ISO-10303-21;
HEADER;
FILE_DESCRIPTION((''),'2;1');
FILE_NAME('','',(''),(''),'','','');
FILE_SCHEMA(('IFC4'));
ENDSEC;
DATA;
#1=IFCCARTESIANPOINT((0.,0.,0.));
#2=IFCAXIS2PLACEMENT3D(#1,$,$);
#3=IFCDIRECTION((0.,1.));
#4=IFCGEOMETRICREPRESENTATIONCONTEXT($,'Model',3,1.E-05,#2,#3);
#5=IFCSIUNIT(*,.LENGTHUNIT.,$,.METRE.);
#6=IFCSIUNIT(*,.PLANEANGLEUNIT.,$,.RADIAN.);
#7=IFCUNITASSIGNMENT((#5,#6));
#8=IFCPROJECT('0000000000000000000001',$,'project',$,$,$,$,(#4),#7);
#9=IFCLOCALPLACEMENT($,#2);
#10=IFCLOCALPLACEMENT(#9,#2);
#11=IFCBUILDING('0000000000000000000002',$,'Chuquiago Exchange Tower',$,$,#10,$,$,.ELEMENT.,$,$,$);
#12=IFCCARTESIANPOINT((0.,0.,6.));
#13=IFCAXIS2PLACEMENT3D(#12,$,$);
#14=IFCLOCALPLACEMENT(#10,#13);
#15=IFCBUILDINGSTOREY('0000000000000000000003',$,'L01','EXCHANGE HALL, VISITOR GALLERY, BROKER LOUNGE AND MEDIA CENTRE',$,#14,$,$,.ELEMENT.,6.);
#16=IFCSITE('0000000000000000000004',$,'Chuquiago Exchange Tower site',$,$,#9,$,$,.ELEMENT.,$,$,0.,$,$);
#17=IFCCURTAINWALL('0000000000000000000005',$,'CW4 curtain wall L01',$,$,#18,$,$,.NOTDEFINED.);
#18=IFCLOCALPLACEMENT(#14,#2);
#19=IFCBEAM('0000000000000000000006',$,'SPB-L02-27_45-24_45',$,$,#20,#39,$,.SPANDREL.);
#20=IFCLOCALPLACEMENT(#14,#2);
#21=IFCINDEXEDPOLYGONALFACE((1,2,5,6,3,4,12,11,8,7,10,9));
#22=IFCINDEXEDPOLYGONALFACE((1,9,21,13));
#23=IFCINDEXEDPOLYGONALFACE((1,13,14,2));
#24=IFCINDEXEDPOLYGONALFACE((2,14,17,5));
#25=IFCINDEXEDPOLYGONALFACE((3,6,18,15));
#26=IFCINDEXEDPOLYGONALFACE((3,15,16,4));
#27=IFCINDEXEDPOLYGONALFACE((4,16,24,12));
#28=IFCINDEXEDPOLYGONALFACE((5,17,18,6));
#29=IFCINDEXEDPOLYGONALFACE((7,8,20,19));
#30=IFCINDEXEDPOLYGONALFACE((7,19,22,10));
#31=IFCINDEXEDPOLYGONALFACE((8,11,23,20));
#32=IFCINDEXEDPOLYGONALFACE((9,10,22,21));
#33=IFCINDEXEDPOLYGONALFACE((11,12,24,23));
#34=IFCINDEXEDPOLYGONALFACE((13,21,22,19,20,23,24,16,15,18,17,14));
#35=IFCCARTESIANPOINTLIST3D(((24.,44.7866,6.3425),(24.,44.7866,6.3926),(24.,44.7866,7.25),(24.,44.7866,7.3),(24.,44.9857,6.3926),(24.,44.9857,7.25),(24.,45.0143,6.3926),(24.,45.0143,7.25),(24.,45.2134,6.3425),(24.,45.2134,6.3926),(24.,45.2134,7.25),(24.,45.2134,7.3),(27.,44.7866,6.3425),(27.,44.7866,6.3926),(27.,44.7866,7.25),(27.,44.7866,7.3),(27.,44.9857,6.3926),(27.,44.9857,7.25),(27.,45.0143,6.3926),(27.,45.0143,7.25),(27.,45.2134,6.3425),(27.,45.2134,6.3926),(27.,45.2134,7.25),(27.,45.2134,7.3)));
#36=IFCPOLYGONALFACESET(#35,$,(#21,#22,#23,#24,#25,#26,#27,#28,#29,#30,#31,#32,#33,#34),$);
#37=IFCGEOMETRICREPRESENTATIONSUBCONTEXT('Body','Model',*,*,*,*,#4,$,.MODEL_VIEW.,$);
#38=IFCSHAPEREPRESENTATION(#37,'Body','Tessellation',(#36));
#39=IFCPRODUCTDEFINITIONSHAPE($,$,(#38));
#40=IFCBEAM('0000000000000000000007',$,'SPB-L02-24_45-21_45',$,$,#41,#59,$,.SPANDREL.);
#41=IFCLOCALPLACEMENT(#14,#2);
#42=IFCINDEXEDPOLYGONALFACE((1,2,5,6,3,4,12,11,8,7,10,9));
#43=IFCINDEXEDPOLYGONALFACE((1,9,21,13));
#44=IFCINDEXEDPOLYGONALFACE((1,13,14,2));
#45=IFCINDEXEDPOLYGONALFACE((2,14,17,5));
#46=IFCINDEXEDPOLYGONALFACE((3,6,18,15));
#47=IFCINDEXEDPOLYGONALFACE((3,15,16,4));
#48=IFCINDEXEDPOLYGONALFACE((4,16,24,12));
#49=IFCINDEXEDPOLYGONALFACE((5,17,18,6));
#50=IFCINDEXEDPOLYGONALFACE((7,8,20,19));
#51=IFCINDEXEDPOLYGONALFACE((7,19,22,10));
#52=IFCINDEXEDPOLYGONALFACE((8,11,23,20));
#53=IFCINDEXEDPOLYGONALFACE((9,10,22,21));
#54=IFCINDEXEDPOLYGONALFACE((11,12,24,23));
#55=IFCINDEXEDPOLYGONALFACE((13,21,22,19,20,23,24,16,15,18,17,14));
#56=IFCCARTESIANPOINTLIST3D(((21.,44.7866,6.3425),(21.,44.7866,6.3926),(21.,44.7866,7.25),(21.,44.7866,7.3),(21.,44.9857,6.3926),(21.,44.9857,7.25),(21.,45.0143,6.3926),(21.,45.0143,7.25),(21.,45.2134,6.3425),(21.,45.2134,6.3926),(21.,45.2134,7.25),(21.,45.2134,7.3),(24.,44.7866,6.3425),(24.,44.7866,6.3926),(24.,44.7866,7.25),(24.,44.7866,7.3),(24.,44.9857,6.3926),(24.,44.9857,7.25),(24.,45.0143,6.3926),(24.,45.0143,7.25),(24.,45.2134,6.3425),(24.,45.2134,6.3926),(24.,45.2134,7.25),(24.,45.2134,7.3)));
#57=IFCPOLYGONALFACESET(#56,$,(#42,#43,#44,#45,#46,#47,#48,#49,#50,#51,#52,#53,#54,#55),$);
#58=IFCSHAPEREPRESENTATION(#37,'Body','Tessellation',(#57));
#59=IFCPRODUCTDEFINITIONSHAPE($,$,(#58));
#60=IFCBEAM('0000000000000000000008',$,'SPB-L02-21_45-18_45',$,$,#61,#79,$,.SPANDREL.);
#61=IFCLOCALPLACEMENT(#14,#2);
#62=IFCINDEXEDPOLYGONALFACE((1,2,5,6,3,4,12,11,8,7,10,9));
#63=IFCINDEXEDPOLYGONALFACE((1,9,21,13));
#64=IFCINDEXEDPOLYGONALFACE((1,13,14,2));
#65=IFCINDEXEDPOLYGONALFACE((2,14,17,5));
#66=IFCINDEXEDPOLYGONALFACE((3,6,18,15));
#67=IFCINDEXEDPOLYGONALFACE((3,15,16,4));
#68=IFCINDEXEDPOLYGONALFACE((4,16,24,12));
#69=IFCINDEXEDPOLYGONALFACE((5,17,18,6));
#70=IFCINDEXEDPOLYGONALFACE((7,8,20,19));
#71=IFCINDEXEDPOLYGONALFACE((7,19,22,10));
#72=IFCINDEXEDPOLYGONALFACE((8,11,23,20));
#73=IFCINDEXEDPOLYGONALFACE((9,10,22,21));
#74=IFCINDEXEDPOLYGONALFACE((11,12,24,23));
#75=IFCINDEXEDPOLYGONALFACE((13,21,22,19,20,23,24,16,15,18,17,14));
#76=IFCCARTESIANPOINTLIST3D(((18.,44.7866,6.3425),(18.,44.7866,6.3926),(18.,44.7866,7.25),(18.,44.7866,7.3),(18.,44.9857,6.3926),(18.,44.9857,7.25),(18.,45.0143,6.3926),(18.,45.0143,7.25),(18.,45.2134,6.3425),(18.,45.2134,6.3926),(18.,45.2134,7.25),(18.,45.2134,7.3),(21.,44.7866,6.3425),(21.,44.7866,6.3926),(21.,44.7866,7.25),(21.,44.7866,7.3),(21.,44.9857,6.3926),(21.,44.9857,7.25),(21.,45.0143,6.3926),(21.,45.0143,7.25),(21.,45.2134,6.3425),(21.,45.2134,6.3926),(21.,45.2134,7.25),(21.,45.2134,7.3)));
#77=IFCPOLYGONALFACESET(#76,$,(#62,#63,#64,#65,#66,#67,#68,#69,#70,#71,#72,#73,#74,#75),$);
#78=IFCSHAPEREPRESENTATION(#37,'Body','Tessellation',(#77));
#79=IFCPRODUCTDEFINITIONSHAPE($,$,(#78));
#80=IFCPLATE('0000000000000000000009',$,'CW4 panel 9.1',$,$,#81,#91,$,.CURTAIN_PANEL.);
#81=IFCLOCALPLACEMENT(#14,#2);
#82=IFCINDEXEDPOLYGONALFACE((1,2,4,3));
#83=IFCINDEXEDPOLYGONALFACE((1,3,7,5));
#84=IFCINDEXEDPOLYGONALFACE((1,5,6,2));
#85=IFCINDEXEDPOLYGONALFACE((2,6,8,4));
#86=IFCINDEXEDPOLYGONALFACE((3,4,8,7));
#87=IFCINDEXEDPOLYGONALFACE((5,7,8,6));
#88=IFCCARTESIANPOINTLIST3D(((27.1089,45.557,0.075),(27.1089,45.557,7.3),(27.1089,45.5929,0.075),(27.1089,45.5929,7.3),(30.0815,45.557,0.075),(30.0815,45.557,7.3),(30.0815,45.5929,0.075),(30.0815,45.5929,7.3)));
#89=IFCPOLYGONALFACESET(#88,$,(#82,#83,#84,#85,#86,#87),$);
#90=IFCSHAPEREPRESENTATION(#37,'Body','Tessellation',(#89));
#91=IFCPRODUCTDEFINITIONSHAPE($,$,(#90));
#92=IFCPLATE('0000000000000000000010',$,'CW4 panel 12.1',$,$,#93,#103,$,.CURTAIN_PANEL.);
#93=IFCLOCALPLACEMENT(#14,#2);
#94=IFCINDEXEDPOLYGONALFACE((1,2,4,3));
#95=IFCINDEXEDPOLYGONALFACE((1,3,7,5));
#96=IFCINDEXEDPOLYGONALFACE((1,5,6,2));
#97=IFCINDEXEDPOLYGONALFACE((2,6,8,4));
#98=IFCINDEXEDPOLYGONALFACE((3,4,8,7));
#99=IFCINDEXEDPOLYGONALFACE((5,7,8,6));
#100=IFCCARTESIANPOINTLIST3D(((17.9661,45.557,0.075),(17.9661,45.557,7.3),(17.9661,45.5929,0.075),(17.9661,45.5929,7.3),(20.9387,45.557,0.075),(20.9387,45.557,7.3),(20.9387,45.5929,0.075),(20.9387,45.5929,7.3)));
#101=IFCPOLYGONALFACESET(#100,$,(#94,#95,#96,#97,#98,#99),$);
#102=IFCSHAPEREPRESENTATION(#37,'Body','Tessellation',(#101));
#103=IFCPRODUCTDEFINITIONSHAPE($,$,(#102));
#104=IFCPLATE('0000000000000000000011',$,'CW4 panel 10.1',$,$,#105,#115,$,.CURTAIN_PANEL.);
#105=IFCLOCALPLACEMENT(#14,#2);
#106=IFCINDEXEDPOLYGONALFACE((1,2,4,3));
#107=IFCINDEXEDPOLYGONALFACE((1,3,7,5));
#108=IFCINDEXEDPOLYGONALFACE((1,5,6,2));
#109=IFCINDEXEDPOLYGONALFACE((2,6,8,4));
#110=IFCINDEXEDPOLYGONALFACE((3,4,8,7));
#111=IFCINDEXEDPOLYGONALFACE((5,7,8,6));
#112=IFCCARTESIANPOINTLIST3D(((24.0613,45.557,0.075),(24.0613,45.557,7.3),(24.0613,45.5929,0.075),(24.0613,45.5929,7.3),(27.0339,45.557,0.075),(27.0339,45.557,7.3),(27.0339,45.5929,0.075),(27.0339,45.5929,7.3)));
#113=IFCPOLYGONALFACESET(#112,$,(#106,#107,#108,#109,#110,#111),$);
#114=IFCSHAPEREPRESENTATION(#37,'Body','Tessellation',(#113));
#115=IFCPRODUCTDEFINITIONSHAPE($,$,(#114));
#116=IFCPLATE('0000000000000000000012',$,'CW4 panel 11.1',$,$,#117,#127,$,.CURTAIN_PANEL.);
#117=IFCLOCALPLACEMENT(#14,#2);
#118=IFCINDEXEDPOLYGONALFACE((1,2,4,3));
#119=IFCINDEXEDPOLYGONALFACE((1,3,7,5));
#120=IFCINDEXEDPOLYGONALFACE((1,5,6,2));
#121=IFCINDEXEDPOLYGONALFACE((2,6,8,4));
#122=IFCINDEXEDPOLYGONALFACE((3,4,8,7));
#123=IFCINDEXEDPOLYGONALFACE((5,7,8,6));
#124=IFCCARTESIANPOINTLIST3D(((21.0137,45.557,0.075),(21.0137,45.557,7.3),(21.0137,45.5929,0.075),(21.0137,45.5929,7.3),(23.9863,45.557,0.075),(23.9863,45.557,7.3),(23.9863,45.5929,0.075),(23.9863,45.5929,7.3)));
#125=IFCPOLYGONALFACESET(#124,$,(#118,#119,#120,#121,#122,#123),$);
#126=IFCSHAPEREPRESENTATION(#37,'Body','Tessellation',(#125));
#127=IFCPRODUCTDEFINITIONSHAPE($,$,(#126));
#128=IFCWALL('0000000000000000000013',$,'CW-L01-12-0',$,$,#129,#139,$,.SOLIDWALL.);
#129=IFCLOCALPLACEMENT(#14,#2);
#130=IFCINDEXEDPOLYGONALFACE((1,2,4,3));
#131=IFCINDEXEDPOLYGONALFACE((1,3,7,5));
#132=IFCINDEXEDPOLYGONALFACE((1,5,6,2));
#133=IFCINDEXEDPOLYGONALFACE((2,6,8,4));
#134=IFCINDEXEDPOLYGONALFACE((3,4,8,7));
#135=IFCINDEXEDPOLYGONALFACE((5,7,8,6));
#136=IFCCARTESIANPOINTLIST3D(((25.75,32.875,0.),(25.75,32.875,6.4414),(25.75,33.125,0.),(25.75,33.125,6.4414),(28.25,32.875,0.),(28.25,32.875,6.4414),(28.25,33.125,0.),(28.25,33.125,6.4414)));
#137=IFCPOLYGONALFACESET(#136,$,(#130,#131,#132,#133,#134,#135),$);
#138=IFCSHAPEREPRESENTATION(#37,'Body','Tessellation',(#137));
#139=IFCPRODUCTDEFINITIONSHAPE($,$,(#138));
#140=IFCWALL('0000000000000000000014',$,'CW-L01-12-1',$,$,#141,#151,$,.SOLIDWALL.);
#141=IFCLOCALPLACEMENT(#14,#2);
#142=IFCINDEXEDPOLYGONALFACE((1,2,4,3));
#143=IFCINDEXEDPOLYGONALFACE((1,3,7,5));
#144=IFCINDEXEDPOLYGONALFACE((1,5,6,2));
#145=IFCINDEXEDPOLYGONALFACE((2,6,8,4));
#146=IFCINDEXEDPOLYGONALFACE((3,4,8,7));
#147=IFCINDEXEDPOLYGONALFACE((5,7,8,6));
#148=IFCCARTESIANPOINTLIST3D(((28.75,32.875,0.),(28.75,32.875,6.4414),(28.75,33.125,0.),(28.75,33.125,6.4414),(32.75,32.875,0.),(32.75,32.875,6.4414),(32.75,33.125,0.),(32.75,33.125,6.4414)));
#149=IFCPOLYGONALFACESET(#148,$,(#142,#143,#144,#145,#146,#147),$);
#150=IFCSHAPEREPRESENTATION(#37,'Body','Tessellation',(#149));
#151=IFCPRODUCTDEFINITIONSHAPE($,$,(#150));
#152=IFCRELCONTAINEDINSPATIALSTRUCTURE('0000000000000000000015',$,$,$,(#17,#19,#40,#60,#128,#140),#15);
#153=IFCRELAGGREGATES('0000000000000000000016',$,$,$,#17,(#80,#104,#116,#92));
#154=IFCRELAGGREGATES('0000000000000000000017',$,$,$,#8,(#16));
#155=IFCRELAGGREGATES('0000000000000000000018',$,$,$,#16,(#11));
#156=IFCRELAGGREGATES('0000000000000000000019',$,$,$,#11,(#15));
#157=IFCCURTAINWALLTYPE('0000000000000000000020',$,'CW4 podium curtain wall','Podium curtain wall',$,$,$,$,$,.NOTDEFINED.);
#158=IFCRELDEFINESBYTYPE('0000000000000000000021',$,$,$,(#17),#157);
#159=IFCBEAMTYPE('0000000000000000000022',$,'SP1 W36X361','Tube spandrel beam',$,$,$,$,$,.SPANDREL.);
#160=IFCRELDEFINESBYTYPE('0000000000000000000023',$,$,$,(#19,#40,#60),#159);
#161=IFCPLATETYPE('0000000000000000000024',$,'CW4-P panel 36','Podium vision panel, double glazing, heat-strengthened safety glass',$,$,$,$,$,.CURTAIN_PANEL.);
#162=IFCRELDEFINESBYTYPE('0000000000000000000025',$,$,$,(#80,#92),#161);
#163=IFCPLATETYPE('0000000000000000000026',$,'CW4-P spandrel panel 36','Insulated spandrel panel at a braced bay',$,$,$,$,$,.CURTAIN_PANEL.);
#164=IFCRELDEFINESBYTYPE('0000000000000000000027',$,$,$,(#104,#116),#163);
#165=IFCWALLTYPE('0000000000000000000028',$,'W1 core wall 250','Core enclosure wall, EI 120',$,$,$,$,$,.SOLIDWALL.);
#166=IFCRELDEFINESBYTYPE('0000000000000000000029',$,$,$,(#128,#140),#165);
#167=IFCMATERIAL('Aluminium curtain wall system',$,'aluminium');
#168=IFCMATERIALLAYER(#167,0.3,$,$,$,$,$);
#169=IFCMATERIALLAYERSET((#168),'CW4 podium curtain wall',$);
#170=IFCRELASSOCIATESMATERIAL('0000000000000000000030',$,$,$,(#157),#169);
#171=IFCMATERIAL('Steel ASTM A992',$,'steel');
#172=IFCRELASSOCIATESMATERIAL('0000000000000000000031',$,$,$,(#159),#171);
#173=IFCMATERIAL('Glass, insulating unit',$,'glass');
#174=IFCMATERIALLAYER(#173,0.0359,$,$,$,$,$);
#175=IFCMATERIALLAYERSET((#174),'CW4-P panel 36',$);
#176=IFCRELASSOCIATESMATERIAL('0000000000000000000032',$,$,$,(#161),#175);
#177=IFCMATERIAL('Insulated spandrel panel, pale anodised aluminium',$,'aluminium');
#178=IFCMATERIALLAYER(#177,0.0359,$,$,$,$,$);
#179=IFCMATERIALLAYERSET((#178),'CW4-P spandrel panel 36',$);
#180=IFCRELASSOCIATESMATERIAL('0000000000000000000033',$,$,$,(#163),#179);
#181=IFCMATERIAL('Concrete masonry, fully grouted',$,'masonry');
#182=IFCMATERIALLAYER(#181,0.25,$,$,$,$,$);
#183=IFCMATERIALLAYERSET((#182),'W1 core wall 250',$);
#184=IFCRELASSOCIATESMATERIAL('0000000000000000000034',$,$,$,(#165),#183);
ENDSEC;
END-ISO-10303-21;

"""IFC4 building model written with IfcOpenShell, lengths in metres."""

from ifc_helpers import new_model, si_unit, direction, frame, frame_2d, origin, origin_2d, place, context, subcontext, project, spatial, rectangle, i_section, extrude, material, layer, layer_set, material_profile, profile_set, type_object, element, aggregate, save


model = new_model("IFC4")

# Units and contexts
model_context = context("Model", 3, precision=1e-05, world=origin(), true_north=direction((0.0, 1.0)))
body_context = subcontext(model_context, "Body", "Model", "MODEL_VIEW")
ifc_project = project(units=[si_unit("LENGTHUNIT", "METRE"), si_unit("PLANEANGLEUNIT", "RADIAN")], contexts=[model_context])

# Site, building, storey
site_placement = place(None, origin())
site = spatial("IfcSite", under=ifc_project, at=site_placement, Name="Chuquiago Exchange Tower site", CompositionType="ELEMENT", RefElevation=0.0)
building_placement = place(site_placement, origin())
building = spatial("IfcBuilding", under=site, at=building_placement, Name="Chuquiago Exchange Tower", CompositionType="ELEMENT")
storey_placement = place(building_placement, frame((0.0, 0.0, 6.0)))
storey = spatial("IfcBuildingStorey", under=building, at=storey_placement, Name="L01", Description="EXCHANGE HALL, VISITOR GALLERY, BROKER LOUNGE AND MEDIA CENTRE", CompositionType="ELEMENT", Elevation=6.0)

# Curtain wall
ifc_material_1 = material(Name="Aluminium curtain wall system", Category="aluminium")
ifc_layer_1 = layer(ifc_material_1, 0.3)
ifc_layer_set_1 = layer_set([ifc_layer_1], Name="CW4 podium curtain wall")
curtain_wall_type = type_object("IfcCurtainWallType", Name="CW4 podium curtain wall", Description="Podium curtain wall", PredefinedType="NOTDEFINED", material=ifc_layer_set_1)
curtain_wall_placement = place(storey_placement, origin())
curtain_wall = element("IfcCurtainWall", 1, at=curtain_wall_placement, inside=storey, type_object=curtain_wall_type, Name="CW4 curtain wall L01", PredefinedType="NOTDEFINED")

# Beams
ifc_material_2 = material(Name="Steel ASTM A992", Category="steel")
ifc_material_profile_1 = material_profile(ifc_material_2, i_section(OverallWidth=0.4268, OverallDepth=0.9575, WebThickness=0.0286, FlangeThickness=0.05, at=origin_2d()), Name="W36X361")
ifc_profile_set_1 = profile_set([ifc_material_profile_1], Name="Steel ASTM A992")
beam_type_1 = type_object("IfcBeamType", Name="SP1 W36X361", Description="Tube spandrel beam", PredefinedType="SPANDREL", material=ifc_profile_set_1)
for number, where, z_axis, x_axis, name in (
    (2, (27.0, 45.0, 6.8213), (-1.0, 0.0, 0.0), (0.0, -1.0, 0.0), "SPB-L02-27_45-24_45"),
    (3, (24.0, 45.0, 6.8213), (-1.0, 0.0, 0.0), (0.0, -1.0, 0.0), "SPB-L02-24_45-21_45"),
    (4, (21.0, 45.0, 6.8213), (-1.0, 0.0, 0.0), (0.0, -1.0, 0.0), "SPB-L02-21_45-18_45"),
):
    element("IfcBeam", number, at=place(storey_placement, frame(where, z_axis=z_axis, x_axis=x_axis)), inside=storey, type_object=beam_type_1, Name=name, PredefinedType="SPANDREL", context=body_context, shape_type="SweptSolid", body=[
        extrude(i_section(OverallWidth=0.4268, OverallDepth=0.9575, WebThickness=0.0286, FlangeThickness=0.05, at=origin_2d()), origin(), (0.0, 0.0, 1.0), 3.0),
    ])

# Plates
ifc_material_3 = material(Name="Glass, insulating unit", Category="glass")
ifc_layer_2 = layer(ifc_material_3, 0.0359)
ifc_layer_set_2 = layer_set([ifc_layer_2], Name="CW4-P panel 36")
plate_type_1 = type_object("IfcPlateType", Name="CW4-P panel 36", Description="Podium vision panel, double glazing, heat-strengthened safety glass", PredefinedType="CURTAIN_PANEL", material=ifc_layer_set_2)
plate_1_placement = place(storey_placement, frame((28.5952, 45.575, 0.075), z_axis=(0.0, 0.0, 1.0), x_axis=(-1.0, 0.0, 0.0)))
plate_1 = element("IfcPlate", 5, at=plate_1_placement, type_object=plate_type_1, Name="CW4 panel 9.1", PredefinedType="CURTAIN_PANEL", context=body_context, shape_type="SweptSolid", body=[
    extrude(rectangle(XDim=2.9727, YDim=0.0359, at=origin_2d()), origin(), (0.0, 0.0, 1.0), 7.2251),
])
plate_2_placement = place(storey_placement, frame((19.4524, 45.575, 0.075), z_axis=(0.0, 0.0, 1.0), x_axis=(-1.0, 0.0, 0.0)))
plate_2 = element("IfcPlate", 6, at=plate_2_placement, type_object=plate_type_1, Name="CW4 panel 12.1", PredefinedType="CURTAIN_PANEL", context=body_context, shape_type="SweptSolid", body=[
    extrude(rectangle(XDim=2.9727, YDim=0.0359, at=origin_2d()), origin(), (0.0, 0.0, 1.0), 7.2251),
])
ifc_material_4 = material(Name="Insulated spandrel panel, pale anodised aluminium", Category="aluminium")
ifc_layer_3 = layer(ifc_material_4, 0.0359)
ifc_layer_set_3 = layer_set([ifc_layer_3], Name="CW4-P spandrel panel 36")
plate_type_2 = type_object("IfcPlateType", Name="CW4-P spandrel panel 36", Description="Insulated spandrel panel at a braced bay", PredefinedType="CURTAIN_PANEL", material=ifc_layer_set_3)
plate_3_placement = place(storey_placement, frame((25.5476, 45.575, 0.075), z_axis=(0.0, 0.0, 1.0), x_axis=(-1.0, 0.0, 0.0)))
plate_3 = element("IfcPlate", 7, at=plate_3_placement, type_object=plate_type_2, Name="CW4 panel 10.1", PredefinedType="CURTAIN_PANEL", context=body_context, shape_type="SweptSolid", body=[
    extrude(rectangle(XDim=2.9727, YDim=0.0359, at=origin_2d()), origin(), (0.0, 0.0, 1.0), 7.2251),
])
plate_4_placement = place(storey_placement, frame((22.5, 45.575, 0.075), z_axis=(0.0, 0.0, 1.0), x_axis=(-1.0, 0.0, 0.0)))
plate_4 = element("IfcPlate", 8, at=plate_4_placement, type_object=plate_type_2, Name="CW4 panel 11.1", PredefinedType="CURTAIN_PANEL", context=body_context, shape_type="SweptSolid", body=[
    extrude(rectangle(XDim=2.9727, YDim=0.0359, at=origin_2d()), origin(), (0.0, 0.0, 1.0), 7.2251),
])
aggregate(curtain_wall, [plate_1, plate_3, plate_4, plate_2])

# Walls
ifc_material_5 = material(Name="Concrete masonry, fully grouted", Category="masonry")
ifc_layer_4 = layer(ifc_material_5, 0.25)
ifc_layer_set_4 = layer_set([ifc_layer_4], Name="W1 core wall 250")
wall_type = type_object("IfcWallType", Name="W1 core wall 250", Description="Core enclosure wall, EI 120", PredefinedType="SOLIDWALL", material=ifc_layer_set_4)
wall_1_placement = place(storey_placement, frame((25.75, 33.0, 0.0), z_axis=(0.0, 0.0, 1.0), x_axis=(1.0, 0.0, 0.0)))
element("IfcWall", 9, at=wall_1_placement, inside=storey, type_object=wall_type, Name="CW-L01-12-0", PredefinedType="SOLIDWALL", context=body_context, shape_type="SweptSolid", body=[
    extrude(rectangle(XDim=2.5, YDim=0.25, at=frame_2d((1.25, 0.0))), origin(), (0.0, 0.0, 1.0), 6.4414),
])
wall_2_placement = place(storey_placement, frame((28.75, 33.0, 0.0), z_axis=(0.0, 0.0, 1.0), x_axis=(1.0, 0.0, 0.0)))
element("IfcWall", 10, at=wall_2_placement, inside=storey, type_object=wall_type, Name="CW-L01-12-1", PredefinedType="SOLIDWALL", context=body_context, shape_type="SweptSolid", body=[
    extrude(rectangle(XDim=4.0, YDim=0.25, at=frame_2d((2.0, 0.0))), origin(), (0.0, 0.0, 1.0), 6.4414),
])

save(model, "model.ifc")
